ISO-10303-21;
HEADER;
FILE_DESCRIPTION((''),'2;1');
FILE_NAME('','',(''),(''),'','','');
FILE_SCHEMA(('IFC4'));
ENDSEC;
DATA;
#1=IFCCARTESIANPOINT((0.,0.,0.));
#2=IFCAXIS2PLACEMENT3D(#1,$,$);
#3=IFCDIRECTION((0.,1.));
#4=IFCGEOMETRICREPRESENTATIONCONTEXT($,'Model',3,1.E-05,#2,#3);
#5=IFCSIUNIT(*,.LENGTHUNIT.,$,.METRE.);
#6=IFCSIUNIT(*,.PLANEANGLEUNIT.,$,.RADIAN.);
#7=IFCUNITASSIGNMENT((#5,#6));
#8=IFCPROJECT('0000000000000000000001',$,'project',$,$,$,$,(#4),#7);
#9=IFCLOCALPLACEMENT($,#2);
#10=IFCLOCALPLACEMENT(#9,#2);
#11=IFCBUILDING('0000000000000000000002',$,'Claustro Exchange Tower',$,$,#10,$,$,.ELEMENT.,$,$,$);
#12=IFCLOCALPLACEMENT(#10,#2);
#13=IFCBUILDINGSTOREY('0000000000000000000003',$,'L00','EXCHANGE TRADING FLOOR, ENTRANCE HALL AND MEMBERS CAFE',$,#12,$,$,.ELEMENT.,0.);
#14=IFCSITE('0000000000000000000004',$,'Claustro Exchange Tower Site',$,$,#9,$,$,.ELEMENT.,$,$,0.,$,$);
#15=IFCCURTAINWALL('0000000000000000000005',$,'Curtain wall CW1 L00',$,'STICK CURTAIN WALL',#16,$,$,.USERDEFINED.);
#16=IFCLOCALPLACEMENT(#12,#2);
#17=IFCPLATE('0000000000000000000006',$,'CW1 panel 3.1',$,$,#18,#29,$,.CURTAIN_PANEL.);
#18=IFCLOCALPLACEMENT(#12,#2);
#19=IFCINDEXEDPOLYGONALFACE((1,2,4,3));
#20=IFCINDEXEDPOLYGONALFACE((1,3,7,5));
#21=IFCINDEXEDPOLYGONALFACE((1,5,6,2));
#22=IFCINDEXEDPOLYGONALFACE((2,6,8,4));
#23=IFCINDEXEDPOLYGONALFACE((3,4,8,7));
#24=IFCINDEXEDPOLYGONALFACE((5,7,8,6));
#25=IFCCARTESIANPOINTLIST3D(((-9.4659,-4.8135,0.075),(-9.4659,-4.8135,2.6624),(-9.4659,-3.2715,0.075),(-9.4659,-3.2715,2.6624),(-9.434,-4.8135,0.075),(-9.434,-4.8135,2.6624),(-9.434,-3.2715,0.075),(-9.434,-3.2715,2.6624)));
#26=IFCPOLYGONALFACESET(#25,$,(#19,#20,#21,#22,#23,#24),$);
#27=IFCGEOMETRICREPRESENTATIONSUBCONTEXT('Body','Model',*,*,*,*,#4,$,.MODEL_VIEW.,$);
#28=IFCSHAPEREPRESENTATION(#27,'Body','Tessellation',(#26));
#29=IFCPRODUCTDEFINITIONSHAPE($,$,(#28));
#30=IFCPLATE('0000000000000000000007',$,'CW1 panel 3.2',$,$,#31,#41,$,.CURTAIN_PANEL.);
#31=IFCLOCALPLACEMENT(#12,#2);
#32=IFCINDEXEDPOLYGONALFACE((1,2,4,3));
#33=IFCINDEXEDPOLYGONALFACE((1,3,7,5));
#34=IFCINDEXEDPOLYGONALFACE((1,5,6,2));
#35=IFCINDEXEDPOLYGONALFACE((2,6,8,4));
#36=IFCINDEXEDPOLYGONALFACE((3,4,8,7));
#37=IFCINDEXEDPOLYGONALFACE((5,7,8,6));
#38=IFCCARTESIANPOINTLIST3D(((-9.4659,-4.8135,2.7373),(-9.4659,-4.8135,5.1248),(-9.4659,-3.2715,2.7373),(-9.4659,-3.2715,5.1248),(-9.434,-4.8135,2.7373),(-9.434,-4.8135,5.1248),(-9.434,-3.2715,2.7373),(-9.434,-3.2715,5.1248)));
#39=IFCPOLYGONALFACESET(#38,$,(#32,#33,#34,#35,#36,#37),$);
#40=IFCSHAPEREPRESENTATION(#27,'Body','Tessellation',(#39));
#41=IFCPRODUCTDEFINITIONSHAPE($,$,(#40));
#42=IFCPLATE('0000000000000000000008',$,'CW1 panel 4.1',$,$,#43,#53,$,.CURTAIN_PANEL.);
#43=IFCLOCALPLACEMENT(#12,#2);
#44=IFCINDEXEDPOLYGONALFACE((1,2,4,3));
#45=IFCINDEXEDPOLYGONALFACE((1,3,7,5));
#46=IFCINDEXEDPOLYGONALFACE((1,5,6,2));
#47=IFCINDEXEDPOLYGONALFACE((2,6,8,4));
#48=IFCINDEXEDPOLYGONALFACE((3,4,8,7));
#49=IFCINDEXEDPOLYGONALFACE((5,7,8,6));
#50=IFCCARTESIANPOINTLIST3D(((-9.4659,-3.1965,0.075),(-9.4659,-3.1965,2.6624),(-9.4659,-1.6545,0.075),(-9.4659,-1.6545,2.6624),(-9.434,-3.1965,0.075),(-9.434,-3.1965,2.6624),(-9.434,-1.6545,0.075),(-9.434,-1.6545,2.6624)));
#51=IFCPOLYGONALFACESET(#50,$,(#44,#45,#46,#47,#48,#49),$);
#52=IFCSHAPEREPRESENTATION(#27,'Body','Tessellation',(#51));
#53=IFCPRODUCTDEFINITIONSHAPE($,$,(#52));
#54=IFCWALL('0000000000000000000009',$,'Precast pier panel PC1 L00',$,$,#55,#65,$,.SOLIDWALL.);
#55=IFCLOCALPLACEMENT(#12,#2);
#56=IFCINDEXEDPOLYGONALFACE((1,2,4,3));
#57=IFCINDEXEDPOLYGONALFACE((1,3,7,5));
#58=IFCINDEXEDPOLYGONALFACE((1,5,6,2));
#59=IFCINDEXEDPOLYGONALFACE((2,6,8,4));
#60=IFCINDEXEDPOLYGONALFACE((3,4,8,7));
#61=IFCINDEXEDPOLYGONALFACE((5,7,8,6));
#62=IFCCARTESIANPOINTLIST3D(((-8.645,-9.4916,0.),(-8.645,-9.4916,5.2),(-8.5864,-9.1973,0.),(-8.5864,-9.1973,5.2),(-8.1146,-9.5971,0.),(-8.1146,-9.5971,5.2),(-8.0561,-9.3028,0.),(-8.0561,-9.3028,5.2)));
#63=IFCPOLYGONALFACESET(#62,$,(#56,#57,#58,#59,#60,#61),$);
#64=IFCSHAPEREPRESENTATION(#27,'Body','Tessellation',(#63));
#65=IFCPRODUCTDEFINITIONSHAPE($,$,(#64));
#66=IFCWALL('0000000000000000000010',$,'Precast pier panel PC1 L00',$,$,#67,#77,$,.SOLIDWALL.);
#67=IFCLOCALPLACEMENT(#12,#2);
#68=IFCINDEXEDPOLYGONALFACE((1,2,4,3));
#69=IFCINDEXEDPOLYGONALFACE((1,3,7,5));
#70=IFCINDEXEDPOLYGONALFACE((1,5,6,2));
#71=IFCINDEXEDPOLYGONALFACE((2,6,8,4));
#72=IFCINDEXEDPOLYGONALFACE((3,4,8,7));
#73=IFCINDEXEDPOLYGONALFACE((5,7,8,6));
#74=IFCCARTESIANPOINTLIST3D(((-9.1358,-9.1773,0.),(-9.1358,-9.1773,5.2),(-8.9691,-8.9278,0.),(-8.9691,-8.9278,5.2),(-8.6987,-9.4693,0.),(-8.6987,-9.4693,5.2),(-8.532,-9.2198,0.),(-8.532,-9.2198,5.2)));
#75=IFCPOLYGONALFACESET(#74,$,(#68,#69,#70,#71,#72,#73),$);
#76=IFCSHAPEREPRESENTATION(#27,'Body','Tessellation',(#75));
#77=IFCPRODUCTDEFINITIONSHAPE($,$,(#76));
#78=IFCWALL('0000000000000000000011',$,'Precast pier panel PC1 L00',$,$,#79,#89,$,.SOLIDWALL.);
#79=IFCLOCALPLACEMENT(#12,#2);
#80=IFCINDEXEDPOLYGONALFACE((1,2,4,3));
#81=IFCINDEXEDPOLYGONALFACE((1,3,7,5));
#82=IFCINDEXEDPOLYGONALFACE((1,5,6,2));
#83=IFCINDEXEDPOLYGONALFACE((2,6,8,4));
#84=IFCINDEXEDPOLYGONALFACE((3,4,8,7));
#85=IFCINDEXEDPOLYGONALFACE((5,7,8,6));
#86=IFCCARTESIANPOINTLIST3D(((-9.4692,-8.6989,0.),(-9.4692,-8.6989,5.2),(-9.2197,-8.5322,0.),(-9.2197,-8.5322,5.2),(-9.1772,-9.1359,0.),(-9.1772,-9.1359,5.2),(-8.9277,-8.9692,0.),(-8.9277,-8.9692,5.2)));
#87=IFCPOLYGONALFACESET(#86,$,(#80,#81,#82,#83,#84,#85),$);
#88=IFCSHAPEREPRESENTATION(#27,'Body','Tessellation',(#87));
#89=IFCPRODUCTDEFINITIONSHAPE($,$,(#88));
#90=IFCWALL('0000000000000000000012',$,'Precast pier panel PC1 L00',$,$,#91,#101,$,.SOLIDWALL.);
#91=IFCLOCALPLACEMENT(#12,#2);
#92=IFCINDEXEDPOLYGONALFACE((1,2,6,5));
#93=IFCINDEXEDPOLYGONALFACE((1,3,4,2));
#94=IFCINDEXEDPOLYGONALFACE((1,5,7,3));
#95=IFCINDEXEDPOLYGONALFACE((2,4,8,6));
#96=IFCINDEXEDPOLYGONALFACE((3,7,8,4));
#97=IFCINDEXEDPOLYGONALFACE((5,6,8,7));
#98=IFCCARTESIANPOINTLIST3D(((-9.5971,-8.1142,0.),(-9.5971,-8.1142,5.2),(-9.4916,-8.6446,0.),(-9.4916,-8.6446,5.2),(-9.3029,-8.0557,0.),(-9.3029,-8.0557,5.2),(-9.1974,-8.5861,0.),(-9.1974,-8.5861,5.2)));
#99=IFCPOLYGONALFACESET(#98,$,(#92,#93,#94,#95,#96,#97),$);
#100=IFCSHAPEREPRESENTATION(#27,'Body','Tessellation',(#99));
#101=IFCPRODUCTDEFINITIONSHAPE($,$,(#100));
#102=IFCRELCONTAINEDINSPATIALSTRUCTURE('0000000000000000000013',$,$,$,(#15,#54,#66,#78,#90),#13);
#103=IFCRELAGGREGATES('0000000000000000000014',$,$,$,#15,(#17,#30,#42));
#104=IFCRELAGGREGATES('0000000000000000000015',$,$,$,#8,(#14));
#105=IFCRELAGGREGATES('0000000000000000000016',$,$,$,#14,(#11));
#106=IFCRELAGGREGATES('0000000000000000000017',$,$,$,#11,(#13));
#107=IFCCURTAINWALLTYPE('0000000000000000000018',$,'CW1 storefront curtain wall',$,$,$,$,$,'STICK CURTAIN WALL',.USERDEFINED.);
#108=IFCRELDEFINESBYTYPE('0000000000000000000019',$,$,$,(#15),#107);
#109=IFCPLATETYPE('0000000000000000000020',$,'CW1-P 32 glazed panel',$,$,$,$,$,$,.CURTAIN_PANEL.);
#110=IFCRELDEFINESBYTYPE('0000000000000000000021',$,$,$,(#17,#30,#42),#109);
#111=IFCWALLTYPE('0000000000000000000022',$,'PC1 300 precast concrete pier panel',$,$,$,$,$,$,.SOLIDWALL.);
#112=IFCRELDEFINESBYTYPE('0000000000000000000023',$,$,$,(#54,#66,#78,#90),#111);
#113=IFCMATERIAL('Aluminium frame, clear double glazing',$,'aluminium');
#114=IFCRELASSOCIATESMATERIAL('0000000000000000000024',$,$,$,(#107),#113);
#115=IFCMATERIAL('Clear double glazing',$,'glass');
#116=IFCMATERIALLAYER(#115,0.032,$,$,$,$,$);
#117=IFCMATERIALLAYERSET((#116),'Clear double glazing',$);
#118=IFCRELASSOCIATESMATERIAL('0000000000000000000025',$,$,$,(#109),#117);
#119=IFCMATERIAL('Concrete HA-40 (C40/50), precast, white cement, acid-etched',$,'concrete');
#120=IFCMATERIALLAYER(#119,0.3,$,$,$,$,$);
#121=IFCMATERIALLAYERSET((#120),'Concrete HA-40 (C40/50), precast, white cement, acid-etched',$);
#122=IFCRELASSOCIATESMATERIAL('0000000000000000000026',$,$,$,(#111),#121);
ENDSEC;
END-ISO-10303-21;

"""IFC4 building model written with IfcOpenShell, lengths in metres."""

from ifc_helpers import new_model, si_unit, direction, frame, frame_2d, origin, origin_2d, place, context, subcontext, project, spatial, rectangle, extrude, material, layer, layer_set, type_object, element, aggregate, save


model = new_model("IFC4")

# Units and contexts
model_context = context("Model", 3, precision=1e-05, world=origin(), true_north=direction((0.0, 1.0)))
body_context = subcontext(model_context, "Body", "Model", "MODEL_VIEW")
ifc_project = project(units=[si_unit("LENGTHUNIT", "METRE"), si_unit("PLANEANGLEUNIT", "RADIAN")], contexts=[model_context])

# Site, building, storey
site_placement = place(None, origin())
site = spatial("IfcSite", under=ifc_project, at=site_placement, Name="Claustro Exchange Tower Site", CompositionType="ELEMENT", RefElevation=0.0)
building_placement = place(site_placement, origin())
building = spatial("IfcBuilding", under=site, at=building_placement, Name="Claustro Exchange Tower", CompositionType="ELEMENT")
storey_placement = place(building_placement, origin())
storey = spatial("IfcBuildingStorey", under=building, at=storey_placement, Name="L00", Description="EXCHANGE TRADING FLOOR, ENTRANCE HALL AND MEMBERS CAFE", CompositionType="ELEMENT", Elevation=0.0)

# Shared definitions
ifc_material_1 = material(Name="Aluminium frame, clear double glazing", Category="aluminium")
curtain_wall_type = type_object("IfcCurtainWallType", Name="CW1 storefront curtain wall", ElementType="STICK CURTAIN WALL", PredefinedType="USERDEFINED", material=ifc_material_1)

# Curtain wall, plates
curtain_wall_1_placement = place(storey_placement, origin())
curtain_wall_1 = element("IfcCurtainWall", 1, at=curtain_wall_1_placement, inside=storey, type_object=curtain_wall_type, Name="Curtain wall CW1 L00", ObjectType="STICK CURTAIN WALL", PredefinedType="USERDEFINED")
ifc_material_2 = material(Name="Clear double glazing", Category="glass")
ifc_layer_1 = layer(ifc_material_2, 0.032)
ifc_layer_set_1 = layer_set([ifc_layer_1], Name="Clear double glazing")
plate_type = type_object("IfcPlateType", Name="CW1-P 32 glazed panel", PredefinedType="CURTAIN_PANEL", material=ifc_layer_set_1)
plate_1_placement = place(storey_placement, frame((-9.45, -4.0425, 0.075), z_axis=(0.0, 0.0, 1.0), x_axis=(0.0, 1.0, 0.0)))
plate_1 = element("IfcPlate", 2, at=plate_1_placement, type_object=plate_type, Name="CW1 panel 3.1", PredefinedType="CURTAIN_PANEL", context=body_context, shape_type="SweptSolid", body=[
    extrude(rectangle(XDim=1.542, YDim=0.032, at=origin_2d()), origin(), (0.0, 0.0, 1.0), 2.5874),
])
plate_2_placement = place(storey_placement, frame((-9.45, -4.0425, 2.7373), z_axis=(0.0, 0.0, 1.0), x_axis=(0.0, 1.0, 0.0)))
plate_2 = element("IfcPlate", 3, at=plate_2_placement, type_object=plate_type, Name="CW1 panel 3.2", PredefinedType="CURTAIN_PANEL", context=body_context, shape_type="SweptSolid", body=[
    extrude(rectangle(XDim=1.542, YDim=0.032, at=origin_2d()), origin(), (0.0, 0.0, 1.0), 2.3875),
])
plate_3_placement = place(storey_placement, frame((-9.45, -2.4255, 0.075), z_axis=(0.0, 0.0, 1.0), x_axis=(0.0, 1.0, 0.0)))
plate_3 = element("IfcPlate", 4, at=plate_3_placement, type_object=plate_type, Name="CW1 panel 4.1", PredefinedType="CURTAIN_PANEL", context=body_context, shape_type="SweptSolid", body=[
    extrude(rectangle(XDim=1.542, YDim=0.032, at=origin_2d()), origin(), (0.0, 0.0, 1.0), 2.5874),
])
aggregate(curtain_wall_1, [plate_1, plate_2, plate_3])

# Walls
ifc_material_3 = material(Name="Concrete HA-40 (C40/50), precast, white cement, acid-etched", Category="concrete")
ifc_layer_2 = layer(ifc_material_3, 0.3)
ifc_layer_set_2 = layer_set([ifc_layer_2], Name="Concrete HA-40 (C40/50), precast, white cement, acid-etched")
wall_type = type_object("IfcWallType", Name="PC1 300 precast concrete pier panel", PredefinedType="SOLIDWALL", material=ifc_layer_set_2)
wall_1_placement = place(storey_placement, frame((-8.0852, -9.45, 0.0), z_axis=(0.0, 0.0, 1.0), x_axis=(-0.980789, 0.195074, 0.0)))
element("IfcWall", 5, at=wall_1_placement, inside=storey, type_object=wall_type, Name="Precast pier panel PC1 L00", PredefinedType="SOLIDWALL", context=body_context, shape_type="SweptSolid", body=[
    extrude(rectangle(XDim=0.5408, YDim=0.3, at=frame_2d((0.2705, 0.0))), origin(), (0.0, 0.0, 1.0), 5.2),
])
for number, where, z_axis, x_axis, name in (
    (6, (-8.6155, -9.3445, 0.0), (0.0, 0.0, 1.0), (-0.831478, 0.555557, 0.0), "Precast pier panel PC1 L00"),
    (7, (-9.0525, -9.0525, 0.0), (0.0, 0.0, 1.0), (-0.555557, 0.831478, 0.0), "Precast pier panel PC1 L00"),
):
    element("IfcWall", number, at=place(storey_placement, frame(where, z_axis=z_axis, x_axis=x_axis)), inside=storey, type_object=wall_type, Name=name, PredefinedType="SOLIDWALL", context=body_context, shape_type="SweptSolid", body=[
        extrude(rectangle(XDim=0.5256, YDim=0.3, at=frame_2d((0.2627, 0.0))), origin(), (0.0, 0.0, 1.0), 5.2),
    ])
wall_2_placement = place(storey_placement, frame((-9.3445, -8.6155, 0.0), z_axis=(0.0, 0.0, 1.0), x_axis=(-0.195074, 0.980789, 0.0)))
element("IfcWall", 8, at=wall_2_placement, inside=storey, type_object=wall_type, Name="Precast pier panel PC1 L00", PredefinedType="SOLIDWALL", context=body_context, shape_type="SweptSolid", body=[
    extrude(rectangle(XDim=0.5408, YDim=0.3, at=frame_2d((0.2705, 0.0))), origin(), (0.0, 0.0, 1.0), 5.2),
])

save(model, "model.ifc")
